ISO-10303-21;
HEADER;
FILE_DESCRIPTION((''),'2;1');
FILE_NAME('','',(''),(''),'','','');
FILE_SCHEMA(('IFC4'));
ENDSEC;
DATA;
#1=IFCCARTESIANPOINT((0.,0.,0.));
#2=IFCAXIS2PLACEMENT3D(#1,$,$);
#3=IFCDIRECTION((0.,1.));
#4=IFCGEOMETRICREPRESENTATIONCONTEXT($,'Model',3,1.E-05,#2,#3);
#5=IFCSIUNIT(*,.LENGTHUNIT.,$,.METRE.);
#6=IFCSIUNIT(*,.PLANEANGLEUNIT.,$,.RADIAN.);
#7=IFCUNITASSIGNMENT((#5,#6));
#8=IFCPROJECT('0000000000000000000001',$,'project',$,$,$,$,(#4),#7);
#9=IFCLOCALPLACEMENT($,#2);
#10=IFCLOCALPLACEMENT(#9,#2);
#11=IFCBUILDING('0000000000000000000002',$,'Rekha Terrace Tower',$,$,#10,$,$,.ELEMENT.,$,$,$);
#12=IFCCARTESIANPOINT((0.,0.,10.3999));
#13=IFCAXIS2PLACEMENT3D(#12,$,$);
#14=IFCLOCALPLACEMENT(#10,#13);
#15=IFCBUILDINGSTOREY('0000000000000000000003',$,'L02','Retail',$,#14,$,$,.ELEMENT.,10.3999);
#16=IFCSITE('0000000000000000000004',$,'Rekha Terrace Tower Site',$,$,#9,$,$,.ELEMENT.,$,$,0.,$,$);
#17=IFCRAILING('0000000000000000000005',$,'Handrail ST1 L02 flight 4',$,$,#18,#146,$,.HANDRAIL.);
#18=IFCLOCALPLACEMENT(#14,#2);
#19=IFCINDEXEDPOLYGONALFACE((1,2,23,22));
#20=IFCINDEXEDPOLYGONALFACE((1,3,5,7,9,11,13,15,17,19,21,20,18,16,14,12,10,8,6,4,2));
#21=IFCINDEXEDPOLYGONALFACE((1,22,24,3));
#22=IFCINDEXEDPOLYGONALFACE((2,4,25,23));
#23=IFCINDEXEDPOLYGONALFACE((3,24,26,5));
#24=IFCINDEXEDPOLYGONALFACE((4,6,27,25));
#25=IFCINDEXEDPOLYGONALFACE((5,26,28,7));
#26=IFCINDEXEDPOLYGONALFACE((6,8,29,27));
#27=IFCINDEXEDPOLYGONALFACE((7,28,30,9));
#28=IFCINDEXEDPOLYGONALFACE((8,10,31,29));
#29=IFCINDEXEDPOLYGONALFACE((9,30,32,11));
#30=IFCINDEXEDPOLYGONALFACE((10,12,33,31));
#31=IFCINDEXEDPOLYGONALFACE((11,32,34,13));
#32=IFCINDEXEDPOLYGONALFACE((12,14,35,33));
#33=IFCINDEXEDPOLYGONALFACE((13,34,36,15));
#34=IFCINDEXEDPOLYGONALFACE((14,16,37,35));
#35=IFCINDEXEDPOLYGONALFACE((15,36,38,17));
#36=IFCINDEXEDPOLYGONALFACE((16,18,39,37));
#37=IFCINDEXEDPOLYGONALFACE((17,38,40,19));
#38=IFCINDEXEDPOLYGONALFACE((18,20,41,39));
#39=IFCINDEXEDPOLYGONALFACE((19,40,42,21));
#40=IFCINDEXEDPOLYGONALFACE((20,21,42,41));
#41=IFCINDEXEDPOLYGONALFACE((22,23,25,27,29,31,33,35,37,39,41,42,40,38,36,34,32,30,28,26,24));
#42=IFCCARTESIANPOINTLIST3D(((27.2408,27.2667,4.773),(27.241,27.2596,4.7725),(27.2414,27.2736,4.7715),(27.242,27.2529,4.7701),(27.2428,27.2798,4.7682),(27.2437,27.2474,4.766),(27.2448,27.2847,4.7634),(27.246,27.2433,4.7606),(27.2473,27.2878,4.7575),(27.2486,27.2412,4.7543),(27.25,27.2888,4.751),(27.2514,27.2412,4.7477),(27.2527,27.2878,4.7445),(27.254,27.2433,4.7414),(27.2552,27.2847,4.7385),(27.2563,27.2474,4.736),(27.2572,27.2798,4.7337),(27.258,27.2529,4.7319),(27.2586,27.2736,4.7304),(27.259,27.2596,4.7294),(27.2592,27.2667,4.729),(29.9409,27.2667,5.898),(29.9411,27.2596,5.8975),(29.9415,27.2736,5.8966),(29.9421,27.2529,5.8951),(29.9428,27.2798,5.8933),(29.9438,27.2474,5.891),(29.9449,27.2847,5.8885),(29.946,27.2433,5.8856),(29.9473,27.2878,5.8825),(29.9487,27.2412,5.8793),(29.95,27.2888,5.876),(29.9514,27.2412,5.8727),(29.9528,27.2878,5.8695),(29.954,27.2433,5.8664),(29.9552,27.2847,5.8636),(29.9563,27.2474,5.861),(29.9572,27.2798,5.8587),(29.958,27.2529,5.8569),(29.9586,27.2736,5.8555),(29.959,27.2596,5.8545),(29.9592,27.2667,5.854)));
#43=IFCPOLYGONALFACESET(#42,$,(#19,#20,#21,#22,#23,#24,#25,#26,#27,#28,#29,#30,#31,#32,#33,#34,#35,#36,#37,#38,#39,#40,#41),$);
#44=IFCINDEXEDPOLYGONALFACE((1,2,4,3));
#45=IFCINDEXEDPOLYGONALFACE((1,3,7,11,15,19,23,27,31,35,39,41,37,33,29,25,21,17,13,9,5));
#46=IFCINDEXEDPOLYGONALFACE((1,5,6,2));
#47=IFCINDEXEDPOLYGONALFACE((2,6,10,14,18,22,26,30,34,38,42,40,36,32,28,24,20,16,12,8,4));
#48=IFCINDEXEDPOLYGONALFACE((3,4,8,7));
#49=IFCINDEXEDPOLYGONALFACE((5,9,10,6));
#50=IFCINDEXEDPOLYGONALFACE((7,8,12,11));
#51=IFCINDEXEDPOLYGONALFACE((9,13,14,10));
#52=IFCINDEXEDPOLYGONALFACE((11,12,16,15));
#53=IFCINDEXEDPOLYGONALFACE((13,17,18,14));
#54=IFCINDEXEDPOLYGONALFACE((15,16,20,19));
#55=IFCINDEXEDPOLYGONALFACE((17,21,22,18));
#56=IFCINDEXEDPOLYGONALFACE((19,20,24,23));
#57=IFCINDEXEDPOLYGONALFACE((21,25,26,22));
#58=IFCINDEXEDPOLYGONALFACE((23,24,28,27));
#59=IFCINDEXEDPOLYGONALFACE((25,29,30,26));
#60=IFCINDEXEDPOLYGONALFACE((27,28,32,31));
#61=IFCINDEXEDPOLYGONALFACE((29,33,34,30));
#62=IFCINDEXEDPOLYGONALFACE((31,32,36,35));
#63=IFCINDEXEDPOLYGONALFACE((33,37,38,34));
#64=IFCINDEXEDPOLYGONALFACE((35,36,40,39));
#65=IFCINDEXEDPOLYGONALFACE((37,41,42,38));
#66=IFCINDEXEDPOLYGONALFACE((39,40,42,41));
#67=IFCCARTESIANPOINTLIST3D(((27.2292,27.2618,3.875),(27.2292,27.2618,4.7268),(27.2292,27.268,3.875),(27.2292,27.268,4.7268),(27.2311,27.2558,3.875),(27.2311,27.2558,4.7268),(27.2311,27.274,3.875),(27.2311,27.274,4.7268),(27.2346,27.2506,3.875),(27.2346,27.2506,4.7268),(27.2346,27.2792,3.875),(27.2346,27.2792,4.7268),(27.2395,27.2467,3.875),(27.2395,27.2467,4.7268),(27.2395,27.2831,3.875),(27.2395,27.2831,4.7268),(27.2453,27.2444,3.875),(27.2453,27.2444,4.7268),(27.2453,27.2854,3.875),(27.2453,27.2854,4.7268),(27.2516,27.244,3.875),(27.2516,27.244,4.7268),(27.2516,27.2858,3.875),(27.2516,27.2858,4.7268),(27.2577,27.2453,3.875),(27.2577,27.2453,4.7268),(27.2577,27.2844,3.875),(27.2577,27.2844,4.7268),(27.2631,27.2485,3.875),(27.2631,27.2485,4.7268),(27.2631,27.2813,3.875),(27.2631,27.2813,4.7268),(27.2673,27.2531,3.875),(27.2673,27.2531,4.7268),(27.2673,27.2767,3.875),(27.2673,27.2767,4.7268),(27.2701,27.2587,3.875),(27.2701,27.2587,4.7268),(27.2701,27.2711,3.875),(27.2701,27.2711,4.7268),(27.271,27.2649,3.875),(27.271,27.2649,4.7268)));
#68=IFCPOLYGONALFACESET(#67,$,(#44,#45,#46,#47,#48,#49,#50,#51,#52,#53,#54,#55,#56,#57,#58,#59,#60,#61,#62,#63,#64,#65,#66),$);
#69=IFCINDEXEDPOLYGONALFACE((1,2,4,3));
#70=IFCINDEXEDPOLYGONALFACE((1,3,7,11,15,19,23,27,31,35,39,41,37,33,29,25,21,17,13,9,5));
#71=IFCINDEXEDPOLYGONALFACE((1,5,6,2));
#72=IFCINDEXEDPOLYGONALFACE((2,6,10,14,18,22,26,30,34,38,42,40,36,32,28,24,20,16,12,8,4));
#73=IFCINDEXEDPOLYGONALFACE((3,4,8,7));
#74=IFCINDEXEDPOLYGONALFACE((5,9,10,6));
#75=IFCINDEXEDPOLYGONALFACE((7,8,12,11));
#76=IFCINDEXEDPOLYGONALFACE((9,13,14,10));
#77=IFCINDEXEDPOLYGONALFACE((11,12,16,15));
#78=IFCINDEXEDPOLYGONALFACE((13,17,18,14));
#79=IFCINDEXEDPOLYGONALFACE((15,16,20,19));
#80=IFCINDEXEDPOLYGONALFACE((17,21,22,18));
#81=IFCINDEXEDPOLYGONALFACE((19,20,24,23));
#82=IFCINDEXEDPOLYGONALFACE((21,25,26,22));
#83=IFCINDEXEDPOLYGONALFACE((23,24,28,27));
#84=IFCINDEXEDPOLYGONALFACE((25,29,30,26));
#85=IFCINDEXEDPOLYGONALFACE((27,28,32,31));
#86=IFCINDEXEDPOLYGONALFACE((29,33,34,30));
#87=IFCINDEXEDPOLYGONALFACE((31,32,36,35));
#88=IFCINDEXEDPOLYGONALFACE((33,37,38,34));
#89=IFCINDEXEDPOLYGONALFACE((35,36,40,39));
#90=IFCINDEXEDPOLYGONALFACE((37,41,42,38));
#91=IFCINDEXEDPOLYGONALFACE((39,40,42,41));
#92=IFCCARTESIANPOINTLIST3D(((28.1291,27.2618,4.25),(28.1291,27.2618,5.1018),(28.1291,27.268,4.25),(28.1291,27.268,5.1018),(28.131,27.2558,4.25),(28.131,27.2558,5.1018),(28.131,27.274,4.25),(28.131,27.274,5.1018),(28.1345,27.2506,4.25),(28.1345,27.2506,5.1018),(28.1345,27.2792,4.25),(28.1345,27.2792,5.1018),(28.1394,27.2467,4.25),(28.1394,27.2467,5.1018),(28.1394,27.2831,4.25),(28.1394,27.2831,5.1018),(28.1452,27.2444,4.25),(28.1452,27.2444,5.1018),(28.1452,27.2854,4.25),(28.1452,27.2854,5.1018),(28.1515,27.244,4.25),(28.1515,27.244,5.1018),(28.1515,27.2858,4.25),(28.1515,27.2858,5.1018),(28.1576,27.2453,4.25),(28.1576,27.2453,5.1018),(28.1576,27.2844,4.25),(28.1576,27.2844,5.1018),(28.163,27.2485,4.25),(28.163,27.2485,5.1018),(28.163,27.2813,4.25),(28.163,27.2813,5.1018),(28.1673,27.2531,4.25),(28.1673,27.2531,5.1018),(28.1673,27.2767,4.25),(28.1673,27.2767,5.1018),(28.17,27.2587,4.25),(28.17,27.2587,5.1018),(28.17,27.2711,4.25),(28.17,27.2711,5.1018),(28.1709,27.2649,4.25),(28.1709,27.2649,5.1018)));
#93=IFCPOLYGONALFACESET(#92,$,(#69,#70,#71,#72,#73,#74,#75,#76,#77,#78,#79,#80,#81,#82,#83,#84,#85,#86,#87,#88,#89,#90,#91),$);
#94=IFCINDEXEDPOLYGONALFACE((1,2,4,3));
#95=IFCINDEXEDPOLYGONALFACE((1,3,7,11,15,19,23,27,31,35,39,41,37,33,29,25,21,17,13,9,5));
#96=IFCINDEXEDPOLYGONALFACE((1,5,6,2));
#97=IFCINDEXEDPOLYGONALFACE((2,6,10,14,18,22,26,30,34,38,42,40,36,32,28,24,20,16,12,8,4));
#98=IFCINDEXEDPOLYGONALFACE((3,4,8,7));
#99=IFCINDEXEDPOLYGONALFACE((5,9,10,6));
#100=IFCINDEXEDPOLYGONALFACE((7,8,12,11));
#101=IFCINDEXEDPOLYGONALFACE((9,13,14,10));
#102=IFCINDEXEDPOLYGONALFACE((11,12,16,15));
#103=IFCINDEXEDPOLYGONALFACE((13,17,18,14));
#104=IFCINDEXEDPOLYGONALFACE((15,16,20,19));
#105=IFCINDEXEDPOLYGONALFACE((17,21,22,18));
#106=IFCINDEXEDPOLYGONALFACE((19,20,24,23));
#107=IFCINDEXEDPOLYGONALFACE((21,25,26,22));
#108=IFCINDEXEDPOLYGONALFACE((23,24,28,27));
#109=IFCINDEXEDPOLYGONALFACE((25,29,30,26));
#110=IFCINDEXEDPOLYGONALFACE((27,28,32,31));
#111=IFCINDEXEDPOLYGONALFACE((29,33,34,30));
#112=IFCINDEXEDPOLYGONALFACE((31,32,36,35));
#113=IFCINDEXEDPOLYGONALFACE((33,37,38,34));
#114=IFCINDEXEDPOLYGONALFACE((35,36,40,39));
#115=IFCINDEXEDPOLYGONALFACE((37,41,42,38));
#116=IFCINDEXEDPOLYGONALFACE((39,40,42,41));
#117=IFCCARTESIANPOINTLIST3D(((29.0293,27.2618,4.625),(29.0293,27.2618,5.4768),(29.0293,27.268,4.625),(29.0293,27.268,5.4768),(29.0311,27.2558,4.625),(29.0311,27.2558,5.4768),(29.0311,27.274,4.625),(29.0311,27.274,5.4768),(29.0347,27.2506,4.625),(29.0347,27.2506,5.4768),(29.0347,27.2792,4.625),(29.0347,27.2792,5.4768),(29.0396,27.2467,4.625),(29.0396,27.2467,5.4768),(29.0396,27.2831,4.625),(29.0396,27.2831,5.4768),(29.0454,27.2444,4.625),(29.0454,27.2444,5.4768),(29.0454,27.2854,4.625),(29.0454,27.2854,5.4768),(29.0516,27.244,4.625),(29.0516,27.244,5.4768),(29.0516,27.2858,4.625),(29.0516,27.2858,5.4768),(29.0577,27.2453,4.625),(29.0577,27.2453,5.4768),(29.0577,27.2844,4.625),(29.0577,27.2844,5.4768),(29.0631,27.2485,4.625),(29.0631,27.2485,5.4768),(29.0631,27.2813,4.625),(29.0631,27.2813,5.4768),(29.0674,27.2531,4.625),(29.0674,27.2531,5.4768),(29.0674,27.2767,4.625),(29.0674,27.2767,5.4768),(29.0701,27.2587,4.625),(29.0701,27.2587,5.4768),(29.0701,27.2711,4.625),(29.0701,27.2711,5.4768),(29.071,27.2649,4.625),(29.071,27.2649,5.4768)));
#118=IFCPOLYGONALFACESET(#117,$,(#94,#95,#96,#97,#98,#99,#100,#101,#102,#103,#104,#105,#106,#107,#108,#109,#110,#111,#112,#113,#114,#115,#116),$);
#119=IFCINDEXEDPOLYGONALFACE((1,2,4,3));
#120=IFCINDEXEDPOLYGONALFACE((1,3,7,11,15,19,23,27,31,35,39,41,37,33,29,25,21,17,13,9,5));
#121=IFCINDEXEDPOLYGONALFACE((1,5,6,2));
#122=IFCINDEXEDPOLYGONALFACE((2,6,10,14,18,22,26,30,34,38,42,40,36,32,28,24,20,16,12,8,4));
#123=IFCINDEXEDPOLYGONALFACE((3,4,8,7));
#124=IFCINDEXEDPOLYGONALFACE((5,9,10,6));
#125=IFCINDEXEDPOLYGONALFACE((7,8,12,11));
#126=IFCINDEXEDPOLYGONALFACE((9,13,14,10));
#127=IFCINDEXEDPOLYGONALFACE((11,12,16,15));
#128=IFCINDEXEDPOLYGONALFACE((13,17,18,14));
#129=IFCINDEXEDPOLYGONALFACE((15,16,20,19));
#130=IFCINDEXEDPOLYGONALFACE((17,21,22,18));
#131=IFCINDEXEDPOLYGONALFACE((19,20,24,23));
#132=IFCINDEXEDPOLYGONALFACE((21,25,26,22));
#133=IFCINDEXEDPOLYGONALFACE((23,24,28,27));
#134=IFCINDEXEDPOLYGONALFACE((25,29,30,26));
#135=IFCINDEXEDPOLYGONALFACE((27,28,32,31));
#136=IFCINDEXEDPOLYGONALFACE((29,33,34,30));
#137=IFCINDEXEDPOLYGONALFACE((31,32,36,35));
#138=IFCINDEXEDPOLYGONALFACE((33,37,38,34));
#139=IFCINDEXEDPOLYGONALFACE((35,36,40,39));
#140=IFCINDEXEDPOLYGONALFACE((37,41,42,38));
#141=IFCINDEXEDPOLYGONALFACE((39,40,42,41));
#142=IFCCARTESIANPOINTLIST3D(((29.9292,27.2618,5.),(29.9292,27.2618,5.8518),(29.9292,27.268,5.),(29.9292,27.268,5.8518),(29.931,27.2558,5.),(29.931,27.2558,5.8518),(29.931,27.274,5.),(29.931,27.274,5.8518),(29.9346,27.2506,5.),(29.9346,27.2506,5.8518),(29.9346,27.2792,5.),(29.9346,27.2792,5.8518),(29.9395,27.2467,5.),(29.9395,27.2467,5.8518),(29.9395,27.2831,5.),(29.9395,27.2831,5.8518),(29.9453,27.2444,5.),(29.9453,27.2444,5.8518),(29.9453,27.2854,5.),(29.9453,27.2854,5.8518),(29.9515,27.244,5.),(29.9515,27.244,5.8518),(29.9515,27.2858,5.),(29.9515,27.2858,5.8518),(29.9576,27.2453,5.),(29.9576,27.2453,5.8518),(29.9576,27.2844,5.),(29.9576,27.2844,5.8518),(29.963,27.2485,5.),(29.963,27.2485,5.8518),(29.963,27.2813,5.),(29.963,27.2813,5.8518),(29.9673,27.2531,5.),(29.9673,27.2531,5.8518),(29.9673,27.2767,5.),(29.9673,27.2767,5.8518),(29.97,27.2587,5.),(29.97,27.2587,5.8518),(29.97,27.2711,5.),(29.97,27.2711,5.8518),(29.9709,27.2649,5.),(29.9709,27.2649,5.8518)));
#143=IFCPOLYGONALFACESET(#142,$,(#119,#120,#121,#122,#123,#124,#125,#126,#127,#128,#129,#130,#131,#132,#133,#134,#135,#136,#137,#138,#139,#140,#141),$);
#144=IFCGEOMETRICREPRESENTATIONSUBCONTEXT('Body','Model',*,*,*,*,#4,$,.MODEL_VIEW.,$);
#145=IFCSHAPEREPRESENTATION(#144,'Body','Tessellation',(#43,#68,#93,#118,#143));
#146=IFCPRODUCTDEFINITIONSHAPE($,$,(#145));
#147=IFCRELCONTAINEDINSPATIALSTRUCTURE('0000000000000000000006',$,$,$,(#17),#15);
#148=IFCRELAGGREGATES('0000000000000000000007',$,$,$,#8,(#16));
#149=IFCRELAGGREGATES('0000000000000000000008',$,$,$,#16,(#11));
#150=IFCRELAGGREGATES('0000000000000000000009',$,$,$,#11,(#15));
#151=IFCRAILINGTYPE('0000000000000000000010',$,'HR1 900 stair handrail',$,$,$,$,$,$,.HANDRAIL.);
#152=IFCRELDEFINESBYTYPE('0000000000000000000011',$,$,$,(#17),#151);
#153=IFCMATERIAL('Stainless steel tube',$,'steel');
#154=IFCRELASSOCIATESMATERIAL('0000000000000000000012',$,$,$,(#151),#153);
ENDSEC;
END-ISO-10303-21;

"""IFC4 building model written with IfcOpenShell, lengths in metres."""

from ifc_helpers import new_model, si_unit, direction, frame, origin, origin_2d, place, context, subcontext, project, spatial, circle, extrude, material, type_object, element, save


model = new_model("IFC4")

# Units and contexts
model_context = context("Model", 3, precision=1e-05, world=origin(), true_north=direction((0.0, 1.0)))
body_context = subcontext(model_context, "Body", "Model", "MODEL_VIEW")
ifc_project = project(units=[si_unit("LENGTHUNIT", "METRE"), si_unit("PLANEANGLEUNIT", "RADIAN")], contexts=[model_context])

# Site, building, storey
site_placement = place(None, origin())
site = spatial("IfcSite", under=ifc_project, at=site_placement, Name="Rekha Terrace Tower Site", CompositionType="ELEMENT", RefElevation=0.0)
building_placement = place(site_placement, origin())
building = spatial("IfcBuilding", under=site, at=building_placement, Name="Rekha Terrace Tower", CompositionType="ELEMENT")
storey_placement = place(building_placement, frame((0.0, 0.0, 10.3999)))
storey = spatial("IfcBuildingStorey", under=building, at=storey_placement, Name="L02", Description="Retail", CompositionType="ELEMENT", Elevation=10.3999)

# Railing
ifc_material_1 = material(Name="Stainless steel tube", Category="steel")
railing_type_1 = type_object("IfcRailingType", Name="HR1 900 stair handrail", PredefinedType="HANDRAIL", material=ifc_material_1)
railing_1_placement = place(storey_placement, frame((27.25, 27.2649, 3.875)))
element("IfcRailing", 1, at=railing_1_placement, inside=storey, type_object=railing_type_1, Name="Handrail ST1 L02 flight 4", PredefinedType="HANDRAIL", context=body_context, shape_type="SweptSolid", body=[
    extrude(circle(Radius=0.0239, at=origin_2d()), frame((0.0, 0.0, 0.876), z_axis=(0.923074, 0.0, 0.384621), x_axis=(0.0, 1.0, 0.0)), (0.0, 0.0, 1.0), 2.925),
    extrude(circle(Radius=0.021, at=origin_2d()), origin(), (0.0, 0.0, 1.0), 0.8518),
    extrude(circle(Radius=0.021, at=origin_2d()), frame((0.8999, 0.0, 0.375)), (0.0, 0.0, 1.0), 0.8518),
    extrude(circle(Radius=0.021, at=origin_2d()), frame((1.8, 0.0, 0.75)), (0.0, 0.0, 1.0), 0.8518),
    extrude(circle(Radius=0.021, at=origin_2d()), frame((2.7, 0.0, 1.125)), (0.0, 0.0, 1.0), 0.8518),
])

save(model, "model.ifc")
